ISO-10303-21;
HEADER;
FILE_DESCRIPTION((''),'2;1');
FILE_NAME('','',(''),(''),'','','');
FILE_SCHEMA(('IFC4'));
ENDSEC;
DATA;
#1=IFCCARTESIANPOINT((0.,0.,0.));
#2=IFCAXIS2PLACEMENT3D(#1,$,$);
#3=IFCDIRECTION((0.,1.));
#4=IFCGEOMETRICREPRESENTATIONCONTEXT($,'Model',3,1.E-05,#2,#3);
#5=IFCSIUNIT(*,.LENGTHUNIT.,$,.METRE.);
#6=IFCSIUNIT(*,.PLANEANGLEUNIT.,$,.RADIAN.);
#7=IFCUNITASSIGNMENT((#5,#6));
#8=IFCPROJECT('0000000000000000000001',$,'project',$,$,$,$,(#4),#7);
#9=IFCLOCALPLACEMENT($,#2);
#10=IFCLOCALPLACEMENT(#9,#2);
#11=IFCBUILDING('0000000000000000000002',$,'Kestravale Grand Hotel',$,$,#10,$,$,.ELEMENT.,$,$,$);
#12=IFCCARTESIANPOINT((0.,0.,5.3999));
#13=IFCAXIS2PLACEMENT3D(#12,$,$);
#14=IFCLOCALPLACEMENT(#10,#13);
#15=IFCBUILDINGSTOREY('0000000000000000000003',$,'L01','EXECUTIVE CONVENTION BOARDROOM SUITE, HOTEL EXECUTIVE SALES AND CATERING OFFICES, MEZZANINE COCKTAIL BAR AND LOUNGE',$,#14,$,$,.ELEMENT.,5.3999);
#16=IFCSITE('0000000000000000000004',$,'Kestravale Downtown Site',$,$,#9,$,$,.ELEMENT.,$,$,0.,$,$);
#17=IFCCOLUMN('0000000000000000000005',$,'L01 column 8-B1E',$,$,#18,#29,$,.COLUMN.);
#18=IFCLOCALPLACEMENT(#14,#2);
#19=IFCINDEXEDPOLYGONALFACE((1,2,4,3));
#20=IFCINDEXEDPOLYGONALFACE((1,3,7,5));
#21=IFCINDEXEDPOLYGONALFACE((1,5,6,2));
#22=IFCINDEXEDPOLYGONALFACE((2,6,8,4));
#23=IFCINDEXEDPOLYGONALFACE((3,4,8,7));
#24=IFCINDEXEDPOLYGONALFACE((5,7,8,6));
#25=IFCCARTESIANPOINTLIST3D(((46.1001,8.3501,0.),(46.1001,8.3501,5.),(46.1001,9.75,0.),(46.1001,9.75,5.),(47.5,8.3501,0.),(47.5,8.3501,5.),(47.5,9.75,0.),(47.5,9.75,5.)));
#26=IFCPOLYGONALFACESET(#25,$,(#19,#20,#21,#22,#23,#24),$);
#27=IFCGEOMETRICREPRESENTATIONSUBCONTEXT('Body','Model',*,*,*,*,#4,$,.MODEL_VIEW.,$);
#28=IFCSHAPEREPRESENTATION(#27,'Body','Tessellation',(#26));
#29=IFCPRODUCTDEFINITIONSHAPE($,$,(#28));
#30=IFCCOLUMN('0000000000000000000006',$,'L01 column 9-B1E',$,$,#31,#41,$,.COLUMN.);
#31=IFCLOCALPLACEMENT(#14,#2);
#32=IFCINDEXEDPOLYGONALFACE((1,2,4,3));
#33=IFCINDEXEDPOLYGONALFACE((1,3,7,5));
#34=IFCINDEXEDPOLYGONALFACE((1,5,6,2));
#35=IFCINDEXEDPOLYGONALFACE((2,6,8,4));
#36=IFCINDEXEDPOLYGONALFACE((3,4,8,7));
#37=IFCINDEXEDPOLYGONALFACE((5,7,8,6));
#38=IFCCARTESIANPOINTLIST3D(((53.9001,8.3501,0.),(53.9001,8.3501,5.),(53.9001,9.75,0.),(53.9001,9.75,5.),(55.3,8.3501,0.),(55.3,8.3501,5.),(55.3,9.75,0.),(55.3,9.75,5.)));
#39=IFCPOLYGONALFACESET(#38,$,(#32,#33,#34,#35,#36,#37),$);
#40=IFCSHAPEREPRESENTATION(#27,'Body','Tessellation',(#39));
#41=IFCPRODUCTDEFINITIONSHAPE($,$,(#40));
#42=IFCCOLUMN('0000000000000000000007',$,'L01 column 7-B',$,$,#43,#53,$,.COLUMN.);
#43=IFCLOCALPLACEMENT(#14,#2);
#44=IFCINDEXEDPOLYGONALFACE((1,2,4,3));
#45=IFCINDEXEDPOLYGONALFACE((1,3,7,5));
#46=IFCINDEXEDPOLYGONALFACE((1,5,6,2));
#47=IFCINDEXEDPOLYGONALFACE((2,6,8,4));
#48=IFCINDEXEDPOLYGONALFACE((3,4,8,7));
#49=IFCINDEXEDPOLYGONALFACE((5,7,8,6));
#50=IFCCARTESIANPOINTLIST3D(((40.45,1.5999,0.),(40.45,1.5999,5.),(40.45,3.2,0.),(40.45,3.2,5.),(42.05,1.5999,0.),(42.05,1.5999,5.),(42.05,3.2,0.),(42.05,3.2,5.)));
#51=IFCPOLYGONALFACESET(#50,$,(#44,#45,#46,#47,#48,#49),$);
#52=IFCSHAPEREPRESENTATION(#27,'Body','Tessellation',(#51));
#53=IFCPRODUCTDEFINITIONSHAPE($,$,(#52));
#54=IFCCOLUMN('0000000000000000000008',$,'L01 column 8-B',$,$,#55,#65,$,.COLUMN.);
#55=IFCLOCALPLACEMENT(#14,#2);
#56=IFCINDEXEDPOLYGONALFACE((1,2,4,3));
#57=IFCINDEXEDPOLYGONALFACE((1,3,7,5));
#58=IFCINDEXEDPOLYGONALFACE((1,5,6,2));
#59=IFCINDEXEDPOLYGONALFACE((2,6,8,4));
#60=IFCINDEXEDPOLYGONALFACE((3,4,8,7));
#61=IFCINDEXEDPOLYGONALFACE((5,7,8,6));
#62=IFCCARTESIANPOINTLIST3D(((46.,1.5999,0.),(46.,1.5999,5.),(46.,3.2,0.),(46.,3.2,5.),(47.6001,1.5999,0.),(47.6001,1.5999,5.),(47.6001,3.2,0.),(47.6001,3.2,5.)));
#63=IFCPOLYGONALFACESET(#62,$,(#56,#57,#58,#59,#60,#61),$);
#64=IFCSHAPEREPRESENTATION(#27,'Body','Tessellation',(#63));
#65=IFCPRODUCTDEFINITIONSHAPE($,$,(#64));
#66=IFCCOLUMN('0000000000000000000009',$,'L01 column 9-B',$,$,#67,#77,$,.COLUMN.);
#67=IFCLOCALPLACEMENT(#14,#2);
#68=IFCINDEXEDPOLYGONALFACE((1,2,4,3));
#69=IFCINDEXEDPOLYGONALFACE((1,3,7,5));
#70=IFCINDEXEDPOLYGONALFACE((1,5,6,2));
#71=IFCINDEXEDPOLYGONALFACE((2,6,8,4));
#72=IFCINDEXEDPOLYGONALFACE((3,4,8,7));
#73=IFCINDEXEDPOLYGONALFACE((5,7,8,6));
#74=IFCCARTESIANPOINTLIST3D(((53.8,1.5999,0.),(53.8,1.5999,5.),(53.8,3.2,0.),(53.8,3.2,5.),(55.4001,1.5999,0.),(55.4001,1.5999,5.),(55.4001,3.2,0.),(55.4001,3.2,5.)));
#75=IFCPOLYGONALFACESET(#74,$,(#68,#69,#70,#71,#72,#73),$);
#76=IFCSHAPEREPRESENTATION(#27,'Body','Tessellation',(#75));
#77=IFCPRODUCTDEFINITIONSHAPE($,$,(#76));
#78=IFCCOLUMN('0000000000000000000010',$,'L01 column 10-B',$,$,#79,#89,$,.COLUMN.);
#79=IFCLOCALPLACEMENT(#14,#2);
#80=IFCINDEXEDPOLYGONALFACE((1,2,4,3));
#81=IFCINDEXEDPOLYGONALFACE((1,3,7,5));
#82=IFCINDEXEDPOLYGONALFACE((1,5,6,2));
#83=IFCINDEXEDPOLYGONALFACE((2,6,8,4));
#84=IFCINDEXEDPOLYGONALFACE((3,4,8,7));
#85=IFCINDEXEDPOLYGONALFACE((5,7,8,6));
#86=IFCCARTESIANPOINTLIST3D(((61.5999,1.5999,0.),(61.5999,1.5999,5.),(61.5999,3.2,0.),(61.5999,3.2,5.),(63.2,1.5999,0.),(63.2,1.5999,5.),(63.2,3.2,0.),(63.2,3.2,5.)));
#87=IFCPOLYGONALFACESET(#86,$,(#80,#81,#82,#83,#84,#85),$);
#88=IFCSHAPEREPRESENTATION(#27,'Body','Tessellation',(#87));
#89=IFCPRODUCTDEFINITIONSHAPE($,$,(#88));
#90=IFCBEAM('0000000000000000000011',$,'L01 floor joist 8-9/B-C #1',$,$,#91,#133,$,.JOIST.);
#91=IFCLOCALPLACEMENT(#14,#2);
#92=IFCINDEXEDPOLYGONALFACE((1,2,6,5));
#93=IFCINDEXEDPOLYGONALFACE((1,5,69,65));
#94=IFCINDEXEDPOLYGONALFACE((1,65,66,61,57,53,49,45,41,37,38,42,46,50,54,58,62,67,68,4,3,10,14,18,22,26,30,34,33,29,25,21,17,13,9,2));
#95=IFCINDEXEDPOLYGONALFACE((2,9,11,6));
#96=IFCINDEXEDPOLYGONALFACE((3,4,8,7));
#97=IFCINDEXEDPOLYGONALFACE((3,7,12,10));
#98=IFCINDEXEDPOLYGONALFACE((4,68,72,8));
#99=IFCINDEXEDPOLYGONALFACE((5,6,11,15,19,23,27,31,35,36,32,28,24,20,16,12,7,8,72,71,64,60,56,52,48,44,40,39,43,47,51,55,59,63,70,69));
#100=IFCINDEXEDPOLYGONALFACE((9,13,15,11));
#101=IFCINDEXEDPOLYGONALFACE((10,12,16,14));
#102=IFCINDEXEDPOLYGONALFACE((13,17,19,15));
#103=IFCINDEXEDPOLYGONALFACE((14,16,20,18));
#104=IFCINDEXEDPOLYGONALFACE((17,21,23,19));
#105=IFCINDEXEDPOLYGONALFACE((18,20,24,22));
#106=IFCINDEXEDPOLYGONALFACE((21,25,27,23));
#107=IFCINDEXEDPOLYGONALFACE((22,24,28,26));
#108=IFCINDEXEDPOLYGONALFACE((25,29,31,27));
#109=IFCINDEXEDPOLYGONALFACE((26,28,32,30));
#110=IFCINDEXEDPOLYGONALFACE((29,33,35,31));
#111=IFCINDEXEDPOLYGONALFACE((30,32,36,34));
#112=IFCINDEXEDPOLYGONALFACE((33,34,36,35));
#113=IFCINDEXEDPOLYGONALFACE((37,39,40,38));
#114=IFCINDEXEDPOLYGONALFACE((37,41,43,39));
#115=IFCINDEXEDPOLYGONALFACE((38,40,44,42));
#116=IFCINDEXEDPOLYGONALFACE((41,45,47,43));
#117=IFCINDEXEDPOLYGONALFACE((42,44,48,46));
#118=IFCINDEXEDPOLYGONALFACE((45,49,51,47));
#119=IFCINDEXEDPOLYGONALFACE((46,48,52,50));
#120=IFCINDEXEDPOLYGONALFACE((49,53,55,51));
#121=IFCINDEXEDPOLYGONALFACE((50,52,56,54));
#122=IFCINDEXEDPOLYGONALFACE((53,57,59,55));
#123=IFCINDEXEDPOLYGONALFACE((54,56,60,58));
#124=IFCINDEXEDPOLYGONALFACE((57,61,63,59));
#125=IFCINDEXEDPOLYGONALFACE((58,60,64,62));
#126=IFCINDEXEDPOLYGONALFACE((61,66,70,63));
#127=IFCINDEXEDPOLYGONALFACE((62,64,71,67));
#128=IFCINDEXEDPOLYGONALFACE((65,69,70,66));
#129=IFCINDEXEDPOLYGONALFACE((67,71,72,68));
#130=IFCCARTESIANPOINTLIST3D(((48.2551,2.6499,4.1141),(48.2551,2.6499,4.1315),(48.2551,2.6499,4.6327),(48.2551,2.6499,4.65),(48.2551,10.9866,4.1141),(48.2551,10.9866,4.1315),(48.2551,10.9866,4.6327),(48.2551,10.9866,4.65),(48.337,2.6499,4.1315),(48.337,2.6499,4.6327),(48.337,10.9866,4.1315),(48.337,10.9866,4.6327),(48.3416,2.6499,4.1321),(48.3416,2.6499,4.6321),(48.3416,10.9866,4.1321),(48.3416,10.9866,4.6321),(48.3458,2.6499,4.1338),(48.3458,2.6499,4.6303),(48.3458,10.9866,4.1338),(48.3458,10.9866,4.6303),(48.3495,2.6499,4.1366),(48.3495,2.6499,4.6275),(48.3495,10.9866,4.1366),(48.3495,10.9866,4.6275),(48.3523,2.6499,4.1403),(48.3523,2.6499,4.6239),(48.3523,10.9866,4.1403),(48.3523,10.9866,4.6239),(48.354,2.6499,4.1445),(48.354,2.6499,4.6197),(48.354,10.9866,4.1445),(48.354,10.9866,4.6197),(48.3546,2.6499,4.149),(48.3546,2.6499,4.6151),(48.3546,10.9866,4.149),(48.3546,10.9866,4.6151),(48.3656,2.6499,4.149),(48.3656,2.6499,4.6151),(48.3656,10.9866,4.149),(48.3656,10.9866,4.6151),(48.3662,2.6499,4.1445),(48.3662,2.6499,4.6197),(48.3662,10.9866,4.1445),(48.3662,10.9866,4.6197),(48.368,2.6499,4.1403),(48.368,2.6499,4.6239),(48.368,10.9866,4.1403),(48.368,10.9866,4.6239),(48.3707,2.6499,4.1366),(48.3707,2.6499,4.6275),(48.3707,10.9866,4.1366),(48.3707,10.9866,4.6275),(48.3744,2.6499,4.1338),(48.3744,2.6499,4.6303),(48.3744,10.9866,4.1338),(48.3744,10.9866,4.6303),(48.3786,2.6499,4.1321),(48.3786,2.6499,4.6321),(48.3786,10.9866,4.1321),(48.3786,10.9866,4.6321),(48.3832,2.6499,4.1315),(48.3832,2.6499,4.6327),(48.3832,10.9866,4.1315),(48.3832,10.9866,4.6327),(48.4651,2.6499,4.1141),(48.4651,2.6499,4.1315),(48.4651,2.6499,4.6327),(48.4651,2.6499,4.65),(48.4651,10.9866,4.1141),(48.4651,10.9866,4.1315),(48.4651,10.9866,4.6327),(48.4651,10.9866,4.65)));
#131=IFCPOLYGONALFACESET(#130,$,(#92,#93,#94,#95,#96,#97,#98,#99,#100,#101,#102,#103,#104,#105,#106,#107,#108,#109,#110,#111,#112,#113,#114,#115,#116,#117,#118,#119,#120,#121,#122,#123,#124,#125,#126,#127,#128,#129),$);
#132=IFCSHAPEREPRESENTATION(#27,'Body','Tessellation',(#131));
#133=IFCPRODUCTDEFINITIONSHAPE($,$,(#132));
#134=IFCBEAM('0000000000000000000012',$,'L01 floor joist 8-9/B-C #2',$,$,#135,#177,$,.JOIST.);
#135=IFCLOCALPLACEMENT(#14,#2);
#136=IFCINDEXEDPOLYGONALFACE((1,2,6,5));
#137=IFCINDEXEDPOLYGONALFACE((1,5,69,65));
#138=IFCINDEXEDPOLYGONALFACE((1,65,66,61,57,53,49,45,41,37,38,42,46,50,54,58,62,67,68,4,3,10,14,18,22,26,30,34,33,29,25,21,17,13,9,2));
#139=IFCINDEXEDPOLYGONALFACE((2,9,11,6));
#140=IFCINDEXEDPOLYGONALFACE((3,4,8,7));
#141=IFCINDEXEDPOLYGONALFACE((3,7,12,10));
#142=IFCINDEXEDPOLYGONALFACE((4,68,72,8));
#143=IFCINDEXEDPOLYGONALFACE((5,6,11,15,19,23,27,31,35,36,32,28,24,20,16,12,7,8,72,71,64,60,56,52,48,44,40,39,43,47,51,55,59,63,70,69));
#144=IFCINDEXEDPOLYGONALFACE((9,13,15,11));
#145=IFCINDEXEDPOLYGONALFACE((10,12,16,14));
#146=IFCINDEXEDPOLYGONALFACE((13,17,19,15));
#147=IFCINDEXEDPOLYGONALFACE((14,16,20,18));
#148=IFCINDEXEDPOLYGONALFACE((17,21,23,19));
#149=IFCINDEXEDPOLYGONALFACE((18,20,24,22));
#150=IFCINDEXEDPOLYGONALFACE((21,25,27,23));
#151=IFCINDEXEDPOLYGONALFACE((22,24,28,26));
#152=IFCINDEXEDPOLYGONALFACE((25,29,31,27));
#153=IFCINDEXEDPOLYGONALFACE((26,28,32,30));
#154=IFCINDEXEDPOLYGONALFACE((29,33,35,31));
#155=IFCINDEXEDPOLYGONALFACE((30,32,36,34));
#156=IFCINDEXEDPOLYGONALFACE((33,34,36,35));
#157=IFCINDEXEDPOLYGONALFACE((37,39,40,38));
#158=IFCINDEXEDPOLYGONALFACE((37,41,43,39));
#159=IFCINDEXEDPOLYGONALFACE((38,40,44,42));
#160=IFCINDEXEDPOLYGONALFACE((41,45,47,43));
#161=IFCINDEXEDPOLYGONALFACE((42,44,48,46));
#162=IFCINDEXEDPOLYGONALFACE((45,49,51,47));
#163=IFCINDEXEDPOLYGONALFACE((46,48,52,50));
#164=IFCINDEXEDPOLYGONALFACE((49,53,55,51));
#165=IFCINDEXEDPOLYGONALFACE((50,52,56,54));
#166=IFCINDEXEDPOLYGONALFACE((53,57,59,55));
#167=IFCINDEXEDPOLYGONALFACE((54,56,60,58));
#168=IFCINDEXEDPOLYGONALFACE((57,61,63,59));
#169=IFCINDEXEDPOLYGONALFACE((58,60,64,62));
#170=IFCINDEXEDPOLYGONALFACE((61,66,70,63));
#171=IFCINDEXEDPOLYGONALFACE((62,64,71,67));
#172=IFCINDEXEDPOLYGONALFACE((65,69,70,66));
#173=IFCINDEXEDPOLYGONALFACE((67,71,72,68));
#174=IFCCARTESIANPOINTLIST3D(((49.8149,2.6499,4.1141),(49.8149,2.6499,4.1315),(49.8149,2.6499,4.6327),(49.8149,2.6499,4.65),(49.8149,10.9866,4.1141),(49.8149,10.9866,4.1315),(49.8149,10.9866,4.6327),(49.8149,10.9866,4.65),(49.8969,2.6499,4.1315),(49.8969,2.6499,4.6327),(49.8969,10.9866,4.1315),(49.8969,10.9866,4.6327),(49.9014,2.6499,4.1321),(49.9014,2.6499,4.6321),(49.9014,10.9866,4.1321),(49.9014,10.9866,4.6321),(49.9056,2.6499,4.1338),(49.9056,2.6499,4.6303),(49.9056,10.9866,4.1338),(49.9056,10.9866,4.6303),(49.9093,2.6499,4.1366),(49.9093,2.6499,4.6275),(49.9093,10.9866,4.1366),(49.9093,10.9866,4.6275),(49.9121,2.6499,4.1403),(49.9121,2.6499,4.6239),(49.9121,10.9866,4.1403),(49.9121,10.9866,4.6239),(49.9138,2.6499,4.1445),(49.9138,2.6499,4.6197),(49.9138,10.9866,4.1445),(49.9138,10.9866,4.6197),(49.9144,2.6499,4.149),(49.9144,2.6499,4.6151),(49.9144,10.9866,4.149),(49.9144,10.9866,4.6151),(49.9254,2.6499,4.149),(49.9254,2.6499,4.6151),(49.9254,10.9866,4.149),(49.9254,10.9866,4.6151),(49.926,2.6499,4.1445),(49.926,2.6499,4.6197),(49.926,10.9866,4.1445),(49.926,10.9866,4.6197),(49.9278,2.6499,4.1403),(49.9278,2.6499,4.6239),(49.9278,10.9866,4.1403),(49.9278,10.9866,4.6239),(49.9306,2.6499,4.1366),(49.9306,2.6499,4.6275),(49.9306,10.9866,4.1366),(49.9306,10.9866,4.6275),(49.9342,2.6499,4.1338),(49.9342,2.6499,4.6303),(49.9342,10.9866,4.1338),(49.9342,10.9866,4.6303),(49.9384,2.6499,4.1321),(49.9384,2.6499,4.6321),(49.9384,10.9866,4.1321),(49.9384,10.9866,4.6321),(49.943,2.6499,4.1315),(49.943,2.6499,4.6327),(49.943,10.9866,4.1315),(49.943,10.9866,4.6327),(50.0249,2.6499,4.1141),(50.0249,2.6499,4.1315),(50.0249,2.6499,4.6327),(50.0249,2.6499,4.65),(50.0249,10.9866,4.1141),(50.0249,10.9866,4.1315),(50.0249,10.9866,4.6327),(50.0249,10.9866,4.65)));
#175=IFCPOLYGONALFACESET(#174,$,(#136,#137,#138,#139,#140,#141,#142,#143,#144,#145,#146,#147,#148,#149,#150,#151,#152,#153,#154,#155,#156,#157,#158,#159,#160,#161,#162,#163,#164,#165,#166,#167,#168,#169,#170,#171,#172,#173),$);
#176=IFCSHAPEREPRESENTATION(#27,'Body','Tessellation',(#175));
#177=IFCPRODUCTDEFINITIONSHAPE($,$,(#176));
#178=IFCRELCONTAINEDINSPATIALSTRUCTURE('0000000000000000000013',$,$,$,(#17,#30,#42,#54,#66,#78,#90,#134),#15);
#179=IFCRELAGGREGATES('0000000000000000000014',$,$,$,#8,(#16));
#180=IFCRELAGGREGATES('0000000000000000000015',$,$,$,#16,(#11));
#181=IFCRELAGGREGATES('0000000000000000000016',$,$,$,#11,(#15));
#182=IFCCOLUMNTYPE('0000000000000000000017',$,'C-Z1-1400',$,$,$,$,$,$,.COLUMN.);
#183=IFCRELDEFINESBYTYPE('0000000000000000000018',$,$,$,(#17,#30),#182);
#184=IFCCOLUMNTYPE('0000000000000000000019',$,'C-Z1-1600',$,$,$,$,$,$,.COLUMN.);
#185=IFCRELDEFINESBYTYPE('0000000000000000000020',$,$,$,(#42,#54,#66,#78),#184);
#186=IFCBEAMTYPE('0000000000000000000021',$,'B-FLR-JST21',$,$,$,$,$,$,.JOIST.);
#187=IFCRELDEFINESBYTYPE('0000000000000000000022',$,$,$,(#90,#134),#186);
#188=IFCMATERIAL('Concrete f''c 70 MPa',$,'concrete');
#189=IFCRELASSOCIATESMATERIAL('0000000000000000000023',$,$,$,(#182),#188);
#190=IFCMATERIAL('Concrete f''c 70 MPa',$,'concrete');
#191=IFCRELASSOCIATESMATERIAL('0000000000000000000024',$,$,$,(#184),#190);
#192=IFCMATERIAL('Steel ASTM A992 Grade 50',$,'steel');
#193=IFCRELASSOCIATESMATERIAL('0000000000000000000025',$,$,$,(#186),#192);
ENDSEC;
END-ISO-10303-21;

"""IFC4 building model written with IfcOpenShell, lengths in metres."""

from ifc_helpers import new_model, si_unit, direction, frame, origin, origin_2d, place, context, subcontext, project, spatial, rectangle, i_section, extrude, material, material_profile, profile_set, type_object, element, save


model = new_model("IFC4")

# Units and contexts
model_context = context("Model", 3, precision=1e-05, world=origin(), true_north=direction((0.0, 1.0)))
body_context = subcontext(model_context, "Body", "Model", "MODEL_VIEW")
ifc_project = project(units=[si_unit("LENGTHUNIT", "METRE"), si_unit("PLANEANGLEUNIT", "RADIAN")], contexts=[model_context])

# Site, building, storey
site_placement = place(None, origin())
site = spatial("IfcSite", under=ifc_project, at=site_placement, Name="Kestravale Downtown Site", CompositionType="ELEMENT", RefElevation=0.0)
building_placement = place(site_placement, origin())
building = spatial("IfcBuilding", under=site, at=building_placement, Name="Kestravale Grand Hotel", CompositionType="ELEMENT")
storey_placement = place(building_placement, frame((0.0, 0.0, 5.3999)))
storey = spatial("IfcBuildingStorey", under=building, at=storey_placement, Name="L01", Description="EXECUTIVE CONVENTION BOARDROOM SUITE, HOTEL EXECUTIVE SALES AND CATERING OFFICES, MEZZANINE COCKTAIL BAR AND LOUNGE", CompositionType="ELEMENT", Elevation=5.3999)

# Columns
ifc_material_1 = material(Name="Concrete f'c 70 MPa", Category="concrete")
ifc_material_profile_1 = material_profile(ifc_material_1, rectangle(XDim=1.3999, YDim=1.3999, at=origin_2d()))
ifc_profile_set_1 = profile_set([ifc_material_profile_1], Name="Concrete f'c 70 MPa")
column_type_1 = type_object("IfcColumnType", Name="C-Z1-1400", PredefinedType="COLUMN", material=ifc_profile_set_1)
for number, where, z_axis, x_axis, name in (
    (1, (46.8, 9.05, 0.0), (0.0, 0.0, 1.0), (1.0, 0.0, 0.0), "L01 column 8-B1E"),
    (2, (54.6001, 9.05, 0.0), (0.0, 0.0, 1.0), (1.0, 0.0, 0.0), "L01 column 9-B1E"),
):
    element("IfcColumn", number, at=place(storey_placement, frame(where, z_axis=z_axis, x_axis=x_axis)), inside=storey, type_object=column_type_1, Name=name, PredefinedType="COLUMN", context=body_context, shape_type="SweptSolid", body=[
        extrude(rectangle(XDim=1.3999, YDim=1.3999, at=origin_2d()), origin(), (0.0, 0.0, 1.0), 5.0),
    ])
ifc_material_2 = material(Name="Concrete f'c 70 MPa", Category="concrete")
ifc_material_profile_2 = material_profile(ifc_material_2, rectangle(XDim=1.6001, YDim=1.6001, at=origin_2d()))
ifc_profile_set_2 = profile_set([ifc_material_profile_2], Name="Concrete f'c 70 MPa")
column_type_2 = type_object("IfcColumnType", Name="C-Z1-1600", PredefinedType="COLUMN", material=ifc_profile_set_2)
for number, where, z_axis, x_axis, name in (
    (3, (41.25, 2.3999, 0.0), (0.0, 0.0, 1.0), (1.0, 0.0, 0.0), "L01 column 7-B"),
    (4, (46.8, 2.3999, 0.0), (0.0, 0.0, 1.0), (1.0, 0.0, 0.0), "L01 column 8-B"),
    (5, (54.6001, 2.3999, 0.0), (0.0, 0.0, 1.0), (1.0, 0.0, 0.0), "L01 column 9-B"),
    (6, (62.3999, 2.3999, 0.0), (0.0, 0.0, 1.0), (1.0, 0.0, 0.0), "L01 column 10-B"),
):
    element("IfcColumn", number, at=place(storey_placement, frame(where, z_axis=z_axis, x_axis=x_axis)), inside=storey, type_object=column_type_2, Name=name, PredefinedType="COLUMN", context=body_context, shape_type="SweptSolid", body=[
        extrude(rectangle(XDim=1.6001, YDim=1.6001, at=origin_2d()), origin(), (0.0, 0.0, 1.0), 5.0),
    ])

# Beams
ifc_material_3 = material(Name="Steel ASTM A992 Grade 50", Category="steel")
ifc_material_profile_3 = material_profile(ifc_material_3, i_section(OverallWidth=0.21, OverallDepth=0.5359, WebThickness=0.011, FlangeThickness=0.0173, FilletRadius=0.0176, at=origin_2d()))
ifc_profile_set_3 = profile_set([ifc_material_profile_3], Name="Steel ASTM A992 Grade 50")
beam_type_1 = type_object("IfcBeamType", Name="B-FLR-JST21", PredefinedType="JOIST", material=ifc_profile_set_3)
for number, where, z_axis, x_axis, name in (
    (7, (48.3601, 2.6499, 4.3821), (0.0, 1.0, 0.0), (-1.0, 0.0, 0.0), "L01 floor joist 8-9/B-C #1"),
    (8, (49.9199, 2.6499, 4.3821), (0.0, 1.0, 0.0), (-1.0, 0.0, 0.0), "L01 floor joist 8-9/B-C #2"),
):
    element("IfcBeam", number, at=place(storey_placement, frame(where, z_axis=z_axis, x_axis=x_axis)), inside=storey, type_object=beam_type_1, Name=name, PredefinedType="JOIST", context=body_context, shape_type="SweptSolid", body=[
        extrude(i_section(OverallWidth=0.21, OverallDepth=0.5359, WebThickness=0.011, FlangeThickness=0.0173, FilletRadius=0.0176, at=origin_2d()), origin(), (0.0, 0.0, 1.0), 8.3367),
    ])

save(model, "model.ifc")
